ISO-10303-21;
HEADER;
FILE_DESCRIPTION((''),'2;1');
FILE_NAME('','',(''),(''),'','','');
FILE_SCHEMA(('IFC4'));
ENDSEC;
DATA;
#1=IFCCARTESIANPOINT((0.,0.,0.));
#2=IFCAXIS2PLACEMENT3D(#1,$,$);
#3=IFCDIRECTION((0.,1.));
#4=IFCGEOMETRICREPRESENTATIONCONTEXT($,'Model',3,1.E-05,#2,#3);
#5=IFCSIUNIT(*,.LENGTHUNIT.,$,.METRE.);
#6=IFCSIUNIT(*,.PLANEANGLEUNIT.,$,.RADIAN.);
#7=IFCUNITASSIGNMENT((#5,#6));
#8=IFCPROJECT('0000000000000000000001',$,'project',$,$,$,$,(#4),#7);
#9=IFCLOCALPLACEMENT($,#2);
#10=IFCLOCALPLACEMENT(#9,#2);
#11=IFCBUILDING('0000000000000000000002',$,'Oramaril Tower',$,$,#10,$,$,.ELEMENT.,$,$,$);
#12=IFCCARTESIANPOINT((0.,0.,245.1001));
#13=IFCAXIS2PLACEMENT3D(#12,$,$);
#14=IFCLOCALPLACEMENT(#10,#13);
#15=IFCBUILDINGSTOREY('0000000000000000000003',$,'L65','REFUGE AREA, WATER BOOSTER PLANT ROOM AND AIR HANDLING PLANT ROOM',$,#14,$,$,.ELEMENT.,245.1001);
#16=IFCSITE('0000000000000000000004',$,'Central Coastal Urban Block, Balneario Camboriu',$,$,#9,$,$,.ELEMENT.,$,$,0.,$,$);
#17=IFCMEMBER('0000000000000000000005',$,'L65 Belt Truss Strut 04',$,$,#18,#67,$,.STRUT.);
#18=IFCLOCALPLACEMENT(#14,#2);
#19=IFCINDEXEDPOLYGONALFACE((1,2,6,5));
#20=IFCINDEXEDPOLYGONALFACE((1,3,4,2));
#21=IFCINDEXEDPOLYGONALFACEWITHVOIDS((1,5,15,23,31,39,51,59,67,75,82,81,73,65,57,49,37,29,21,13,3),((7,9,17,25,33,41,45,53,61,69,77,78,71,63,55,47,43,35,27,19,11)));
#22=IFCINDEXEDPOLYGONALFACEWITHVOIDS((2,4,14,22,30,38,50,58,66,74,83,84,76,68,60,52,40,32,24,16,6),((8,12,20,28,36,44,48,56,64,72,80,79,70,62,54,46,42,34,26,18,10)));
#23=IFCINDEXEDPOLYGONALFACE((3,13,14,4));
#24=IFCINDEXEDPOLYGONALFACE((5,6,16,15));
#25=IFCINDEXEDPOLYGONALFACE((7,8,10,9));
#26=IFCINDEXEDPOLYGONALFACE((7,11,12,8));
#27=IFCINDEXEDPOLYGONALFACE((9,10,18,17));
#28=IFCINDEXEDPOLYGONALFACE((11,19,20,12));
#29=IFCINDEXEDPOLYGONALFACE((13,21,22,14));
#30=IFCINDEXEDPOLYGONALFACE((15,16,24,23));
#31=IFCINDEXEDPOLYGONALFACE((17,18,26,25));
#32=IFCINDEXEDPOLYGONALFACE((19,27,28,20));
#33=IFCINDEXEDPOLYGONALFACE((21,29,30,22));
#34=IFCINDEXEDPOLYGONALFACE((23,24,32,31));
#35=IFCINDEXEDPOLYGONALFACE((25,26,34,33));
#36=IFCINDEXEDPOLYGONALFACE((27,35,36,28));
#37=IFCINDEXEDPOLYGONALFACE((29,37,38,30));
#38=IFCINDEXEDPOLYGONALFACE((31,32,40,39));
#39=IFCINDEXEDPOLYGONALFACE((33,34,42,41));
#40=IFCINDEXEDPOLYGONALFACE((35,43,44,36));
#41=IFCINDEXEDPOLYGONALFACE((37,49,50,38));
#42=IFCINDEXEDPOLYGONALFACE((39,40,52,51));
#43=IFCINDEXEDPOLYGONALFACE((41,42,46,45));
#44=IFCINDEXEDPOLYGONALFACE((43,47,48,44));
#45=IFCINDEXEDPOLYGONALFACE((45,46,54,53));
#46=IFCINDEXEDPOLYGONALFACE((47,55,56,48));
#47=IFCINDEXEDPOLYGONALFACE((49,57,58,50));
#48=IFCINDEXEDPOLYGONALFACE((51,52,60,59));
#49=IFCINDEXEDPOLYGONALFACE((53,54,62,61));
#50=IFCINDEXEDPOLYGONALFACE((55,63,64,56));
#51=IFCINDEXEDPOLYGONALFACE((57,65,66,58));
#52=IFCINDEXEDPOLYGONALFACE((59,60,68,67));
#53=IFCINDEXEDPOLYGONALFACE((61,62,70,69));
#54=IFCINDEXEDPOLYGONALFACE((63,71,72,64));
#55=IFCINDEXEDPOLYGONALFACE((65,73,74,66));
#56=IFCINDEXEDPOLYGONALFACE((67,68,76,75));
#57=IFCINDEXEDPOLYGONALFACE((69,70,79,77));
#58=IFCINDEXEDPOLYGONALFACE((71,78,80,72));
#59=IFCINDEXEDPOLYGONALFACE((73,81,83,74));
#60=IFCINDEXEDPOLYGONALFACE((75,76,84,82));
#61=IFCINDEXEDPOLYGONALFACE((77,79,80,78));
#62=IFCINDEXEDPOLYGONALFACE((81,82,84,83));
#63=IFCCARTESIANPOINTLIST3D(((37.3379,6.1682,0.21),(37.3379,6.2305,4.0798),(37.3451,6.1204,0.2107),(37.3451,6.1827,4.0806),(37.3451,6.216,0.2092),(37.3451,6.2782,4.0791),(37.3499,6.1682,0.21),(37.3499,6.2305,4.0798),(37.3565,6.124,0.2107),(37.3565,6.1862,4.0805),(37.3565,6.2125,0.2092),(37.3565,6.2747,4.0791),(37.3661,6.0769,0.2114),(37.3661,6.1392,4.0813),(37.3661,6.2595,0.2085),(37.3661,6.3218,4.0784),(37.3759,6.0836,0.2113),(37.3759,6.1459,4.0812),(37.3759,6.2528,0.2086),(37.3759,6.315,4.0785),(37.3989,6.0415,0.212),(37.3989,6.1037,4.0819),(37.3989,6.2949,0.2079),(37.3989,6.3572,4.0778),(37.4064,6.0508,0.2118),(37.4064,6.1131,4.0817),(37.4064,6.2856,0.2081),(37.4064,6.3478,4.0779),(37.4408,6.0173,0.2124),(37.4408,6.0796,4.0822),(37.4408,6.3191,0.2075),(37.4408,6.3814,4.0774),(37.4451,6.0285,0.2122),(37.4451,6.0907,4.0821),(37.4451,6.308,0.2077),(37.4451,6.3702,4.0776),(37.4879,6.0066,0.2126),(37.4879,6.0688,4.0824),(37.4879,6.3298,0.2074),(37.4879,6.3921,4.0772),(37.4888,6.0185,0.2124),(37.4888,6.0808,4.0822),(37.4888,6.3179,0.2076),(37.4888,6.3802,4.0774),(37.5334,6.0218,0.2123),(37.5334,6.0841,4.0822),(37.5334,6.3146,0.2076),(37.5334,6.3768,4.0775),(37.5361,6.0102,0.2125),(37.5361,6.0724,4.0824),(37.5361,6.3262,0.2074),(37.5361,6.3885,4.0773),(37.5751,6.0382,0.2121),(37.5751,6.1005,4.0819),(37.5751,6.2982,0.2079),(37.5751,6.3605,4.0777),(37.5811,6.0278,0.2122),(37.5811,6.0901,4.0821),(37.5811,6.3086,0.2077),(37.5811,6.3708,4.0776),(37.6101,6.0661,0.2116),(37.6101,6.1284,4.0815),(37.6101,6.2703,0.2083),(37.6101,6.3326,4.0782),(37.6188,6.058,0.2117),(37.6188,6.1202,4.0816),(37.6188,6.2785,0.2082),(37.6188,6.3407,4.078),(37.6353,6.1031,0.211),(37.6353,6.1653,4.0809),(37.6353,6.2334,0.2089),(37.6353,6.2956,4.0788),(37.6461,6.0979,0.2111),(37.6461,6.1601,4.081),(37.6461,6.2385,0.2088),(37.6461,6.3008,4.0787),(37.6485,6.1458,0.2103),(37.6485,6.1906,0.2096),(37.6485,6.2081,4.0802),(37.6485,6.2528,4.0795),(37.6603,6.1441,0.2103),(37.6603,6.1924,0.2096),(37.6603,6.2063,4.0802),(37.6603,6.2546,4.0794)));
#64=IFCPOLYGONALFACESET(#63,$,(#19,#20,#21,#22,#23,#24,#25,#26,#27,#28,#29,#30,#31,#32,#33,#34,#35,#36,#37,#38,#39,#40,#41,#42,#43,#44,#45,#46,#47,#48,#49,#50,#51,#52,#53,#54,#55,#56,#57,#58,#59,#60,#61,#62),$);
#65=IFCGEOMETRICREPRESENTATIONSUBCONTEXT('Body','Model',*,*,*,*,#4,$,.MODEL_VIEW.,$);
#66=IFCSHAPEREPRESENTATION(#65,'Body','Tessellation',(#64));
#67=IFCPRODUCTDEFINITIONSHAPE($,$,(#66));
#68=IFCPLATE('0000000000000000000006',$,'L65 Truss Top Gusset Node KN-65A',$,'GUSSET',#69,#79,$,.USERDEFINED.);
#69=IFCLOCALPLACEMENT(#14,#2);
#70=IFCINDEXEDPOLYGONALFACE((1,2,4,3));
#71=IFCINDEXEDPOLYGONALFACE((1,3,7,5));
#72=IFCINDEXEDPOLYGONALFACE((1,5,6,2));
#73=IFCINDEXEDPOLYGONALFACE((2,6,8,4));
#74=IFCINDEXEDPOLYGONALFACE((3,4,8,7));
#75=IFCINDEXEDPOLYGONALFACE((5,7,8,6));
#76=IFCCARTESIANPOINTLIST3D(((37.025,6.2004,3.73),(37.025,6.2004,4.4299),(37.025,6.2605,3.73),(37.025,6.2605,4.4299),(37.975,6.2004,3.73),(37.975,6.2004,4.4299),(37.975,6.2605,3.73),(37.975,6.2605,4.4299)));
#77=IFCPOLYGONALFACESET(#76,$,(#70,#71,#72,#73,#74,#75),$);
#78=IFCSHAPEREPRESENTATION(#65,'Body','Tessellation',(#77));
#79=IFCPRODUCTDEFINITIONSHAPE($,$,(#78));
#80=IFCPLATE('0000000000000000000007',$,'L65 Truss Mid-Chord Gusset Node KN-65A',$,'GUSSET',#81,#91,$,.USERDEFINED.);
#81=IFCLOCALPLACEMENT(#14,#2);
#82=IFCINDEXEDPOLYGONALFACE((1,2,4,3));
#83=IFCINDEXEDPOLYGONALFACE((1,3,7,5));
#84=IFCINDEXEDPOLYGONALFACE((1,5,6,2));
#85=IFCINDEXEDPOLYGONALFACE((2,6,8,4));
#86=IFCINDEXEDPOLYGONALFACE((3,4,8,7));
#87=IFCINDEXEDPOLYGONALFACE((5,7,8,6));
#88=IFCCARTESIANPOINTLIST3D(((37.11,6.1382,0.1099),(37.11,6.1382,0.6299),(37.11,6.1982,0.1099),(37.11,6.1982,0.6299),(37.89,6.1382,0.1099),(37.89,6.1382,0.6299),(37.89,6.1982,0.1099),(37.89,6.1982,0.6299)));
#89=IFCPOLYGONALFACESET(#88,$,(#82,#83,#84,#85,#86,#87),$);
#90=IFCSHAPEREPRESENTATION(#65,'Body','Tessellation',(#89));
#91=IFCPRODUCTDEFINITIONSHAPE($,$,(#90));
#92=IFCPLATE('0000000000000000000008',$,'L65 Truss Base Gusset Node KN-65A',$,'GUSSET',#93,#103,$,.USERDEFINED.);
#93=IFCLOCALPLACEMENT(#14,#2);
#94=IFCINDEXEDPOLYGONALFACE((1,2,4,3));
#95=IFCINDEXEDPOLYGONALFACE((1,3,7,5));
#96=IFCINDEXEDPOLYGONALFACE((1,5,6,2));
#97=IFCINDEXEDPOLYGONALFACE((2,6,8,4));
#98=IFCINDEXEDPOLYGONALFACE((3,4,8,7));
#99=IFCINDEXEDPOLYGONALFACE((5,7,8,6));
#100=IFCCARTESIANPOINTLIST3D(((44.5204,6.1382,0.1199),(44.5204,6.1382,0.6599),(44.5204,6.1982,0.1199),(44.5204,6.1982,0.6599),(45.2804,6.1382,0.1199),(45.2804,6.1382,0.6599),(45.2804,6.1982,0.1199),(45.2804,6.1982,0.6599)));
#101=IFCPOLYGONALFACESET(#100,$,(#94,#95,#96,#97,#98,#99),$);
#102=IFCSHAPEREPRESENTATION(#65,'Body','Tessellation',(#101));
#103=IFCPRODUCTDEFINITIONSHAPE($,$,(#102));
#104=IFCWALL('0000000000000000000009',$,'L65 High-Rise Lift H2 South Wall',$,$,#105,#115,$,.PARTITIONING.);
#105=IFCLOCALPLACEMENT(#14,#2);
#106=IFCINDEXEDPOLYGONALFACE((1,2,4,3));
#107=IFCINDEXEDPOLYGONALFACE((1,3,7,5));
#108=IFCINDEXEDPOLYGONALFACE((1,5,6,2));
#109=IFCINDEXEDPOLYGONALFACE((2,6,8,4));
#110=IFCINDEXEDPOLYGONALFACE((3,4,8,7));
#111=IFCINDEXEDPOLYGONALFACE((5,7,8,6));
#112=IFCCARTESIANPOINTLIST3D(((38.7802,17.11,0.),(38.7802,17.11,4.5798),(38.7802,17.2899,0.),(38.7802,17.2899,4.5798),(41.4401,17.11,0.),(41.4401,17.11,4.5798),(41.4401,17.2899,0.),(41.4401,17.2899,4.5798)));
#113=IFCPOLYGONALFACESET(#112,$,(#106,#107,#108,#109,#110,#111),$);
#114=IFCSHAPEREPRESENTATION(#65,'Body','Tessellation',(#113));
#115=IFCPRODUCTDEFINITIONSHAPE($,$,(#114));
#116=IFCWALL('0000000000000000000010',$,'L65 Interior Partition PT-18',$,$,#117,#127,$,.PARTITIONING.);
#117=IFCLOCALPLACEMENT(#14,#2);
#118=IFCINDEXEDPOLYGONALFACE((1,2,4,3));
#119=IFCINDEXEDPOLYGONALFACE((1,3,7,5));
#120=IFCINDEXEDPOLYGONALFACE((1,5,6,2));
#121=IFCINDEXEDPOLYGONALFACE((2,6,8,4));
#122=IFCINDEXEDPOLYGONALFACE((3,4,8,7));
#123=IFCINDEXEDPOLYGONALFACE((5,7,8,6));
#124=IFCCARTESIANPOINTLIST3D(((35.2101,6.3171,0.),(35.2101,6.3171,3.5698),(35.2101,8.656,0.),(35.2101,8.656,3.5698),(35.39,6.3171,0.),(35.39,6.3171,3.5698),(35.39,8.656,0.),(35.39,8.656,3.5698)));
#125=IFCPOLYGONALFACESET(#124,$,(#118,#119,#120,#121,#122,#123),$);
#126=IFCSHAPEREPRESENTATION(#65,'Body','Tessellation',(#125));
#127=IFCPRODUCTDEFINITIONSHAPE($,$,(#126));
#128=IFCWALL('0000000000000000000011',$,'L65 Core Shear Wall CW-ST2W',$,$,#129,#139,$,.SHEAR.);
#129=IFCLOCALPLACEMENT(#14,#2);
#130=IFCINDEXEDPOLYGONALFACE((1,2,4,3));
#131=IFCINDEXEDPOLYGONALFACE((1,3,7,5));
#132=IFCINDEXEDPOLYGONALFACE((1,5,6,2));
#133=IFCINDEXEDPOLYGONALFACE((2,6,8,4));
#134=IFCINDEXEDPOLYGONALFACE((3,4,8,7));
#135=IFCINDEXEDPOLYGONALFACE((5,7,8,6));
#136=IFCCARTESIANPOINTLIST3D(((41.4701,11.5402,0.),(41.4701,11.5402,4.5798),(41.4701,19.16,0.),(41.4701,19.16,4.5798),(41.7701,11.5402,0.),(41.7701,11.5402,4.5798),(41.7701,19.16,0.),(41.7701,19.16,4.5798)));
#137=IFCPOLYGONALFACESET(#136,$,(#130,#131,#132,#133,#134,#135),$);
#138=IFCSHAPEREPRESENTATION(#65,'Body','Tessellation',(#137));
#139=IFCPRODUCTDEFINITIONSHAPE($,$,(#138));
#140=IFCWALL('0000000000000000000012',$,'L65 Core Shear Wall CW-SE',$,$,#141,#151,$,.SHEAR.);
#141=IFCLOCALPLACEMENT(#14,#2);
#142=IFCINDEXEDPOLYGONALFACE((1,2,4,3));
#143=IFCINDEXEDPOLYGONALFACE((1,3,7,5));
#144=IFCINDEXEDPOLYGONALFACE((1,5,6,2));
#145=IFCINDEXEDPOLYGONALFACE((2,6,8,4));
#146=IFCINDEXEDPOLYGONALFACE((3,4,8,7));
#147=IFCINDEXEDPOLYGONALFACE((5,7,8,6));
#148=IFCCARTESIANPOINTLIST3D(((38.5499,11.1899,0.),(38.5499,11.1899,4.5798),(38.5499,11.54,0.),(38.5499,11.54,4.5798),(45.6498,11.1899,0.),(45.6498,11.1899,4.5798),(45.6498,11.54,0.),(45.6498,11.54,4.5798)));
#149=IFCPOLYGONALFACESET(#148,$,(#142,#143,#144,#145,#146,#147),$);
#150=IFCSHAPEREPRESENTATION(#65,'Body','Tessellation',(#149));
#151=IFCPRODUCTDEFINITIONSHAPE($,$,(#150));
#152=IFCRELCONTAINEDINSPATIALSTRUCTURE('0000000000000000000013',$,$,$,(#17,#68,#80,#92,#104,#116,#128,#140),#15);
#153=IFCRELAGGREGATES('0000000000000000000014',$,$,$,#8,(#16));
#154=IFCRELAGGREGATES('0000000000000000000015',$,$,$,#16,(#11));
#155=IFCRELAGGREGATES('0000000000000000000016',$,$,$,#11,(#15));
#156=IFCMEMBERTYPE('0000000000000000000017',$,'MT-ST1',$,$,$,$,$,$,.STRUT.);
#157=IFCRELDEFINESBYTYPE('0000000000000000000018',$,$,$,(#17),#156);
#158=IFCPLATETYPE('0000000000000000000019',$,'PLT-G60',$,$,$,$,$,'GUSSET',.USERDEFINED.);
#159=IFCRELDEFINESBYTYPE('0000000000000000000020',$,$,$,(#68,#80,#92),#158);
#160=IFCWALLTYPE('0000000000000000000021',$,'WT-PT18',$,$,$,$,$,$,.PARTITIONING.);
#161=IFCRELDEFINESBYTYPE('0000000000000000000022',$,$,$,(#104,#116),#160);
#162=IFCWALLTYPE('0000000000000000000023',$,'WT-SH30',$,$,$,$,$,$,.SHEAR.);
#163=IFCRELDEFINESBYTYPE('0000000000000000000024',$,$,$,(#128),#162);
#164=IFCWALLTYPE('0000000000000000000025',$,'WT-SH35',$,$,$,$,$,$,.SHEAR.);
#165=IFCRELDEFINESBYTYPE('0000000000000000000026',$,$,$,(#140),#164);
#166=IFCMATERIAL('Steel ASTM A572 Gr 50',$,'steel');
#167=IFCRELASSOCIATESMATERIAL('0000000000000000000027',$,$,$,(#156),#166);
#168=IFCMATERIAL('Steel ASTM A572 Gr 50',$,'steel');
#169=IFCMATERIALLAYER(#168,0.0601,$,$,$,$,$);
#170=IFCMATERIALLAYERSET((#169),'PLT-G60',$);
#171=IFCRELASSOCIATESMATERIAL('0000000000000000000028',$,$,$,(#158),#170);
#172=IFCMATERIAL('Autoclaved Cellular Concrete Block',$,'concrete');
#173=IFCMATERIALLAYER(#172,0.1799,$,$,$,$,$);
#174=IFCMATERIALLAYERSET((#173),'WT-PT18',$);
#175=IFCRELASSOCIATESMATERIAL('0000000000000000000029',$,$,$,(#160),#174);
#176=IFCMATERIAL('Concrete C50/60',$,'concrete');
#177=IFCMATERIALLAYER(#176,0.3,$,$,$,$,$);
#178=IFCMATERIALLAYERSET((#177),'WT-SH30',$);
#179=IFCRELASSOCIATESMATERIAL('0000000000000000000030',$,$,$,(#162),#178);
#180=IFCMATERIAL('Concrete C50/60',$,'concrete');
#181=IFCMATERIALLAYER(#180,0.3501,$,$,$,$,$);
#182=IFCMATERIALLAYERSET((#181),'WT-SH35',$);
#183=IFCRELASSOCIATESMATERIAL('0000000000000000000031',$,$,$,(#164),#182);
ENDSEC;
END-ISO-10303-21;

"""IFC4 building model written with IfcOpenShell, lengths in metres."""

from ifc_helpers import new_model, si_unit, direction, frame, frame_2d, origin, origin_2d, place, context, subcontext, project, spatial, rectangle, hollow_circle, extrude, material, layer, layer_set, material_profile, profile_set, type_object, element, save


model = new_model("IFC4")

# Units and contexts
model_context = context("Model", 3, precision=1e-05, world=origin(), true_north=direction((0.0, 1.0)))
body_context = subcontext(model_context, "Body", "Model", "MODEL_VIEW")
ifc_project = project(units=[si_unit("LENGTHUNIT", "METRE"), si_unit("PLANEANGLEUNIT", "RADIAN")], contexts=[model_context])

# Site, building, storey
site_placement = place(None, origin())
site = spatial("IfcSite", under=ifc_project, at=site_placement, Name="Central Coastal Urban Block, Balneario Camboriu", CompositionType="ELEMENT", RefElevation=0.0)
building_placement = place(site_placement, origin())
building = spatial("IfcBuilding", under=site, at=building_placement, Name="Oramaril Tower", CompositionType="ELEMENT")
storey_placement = place(building_placement, frame((0.0, 0.0, 245.1001)))
storey = spatial("IfcBuildingStorey", under=building, at=storey_placement, Name="L65", Description="REFUGE AREA, WATER BOOSTER PLANT ROOM AND AIR HANDLING PLANT ROOM", CompositionType="ELEMENT", Elevation=245.1001)

# Member
ifc_material_1 = material(Name="Steel ASTM A572 Gr 50", Category="steel")
ifc_material_profile_1 = material_profile(ifc_material_1, hollow_circle(Radius=0.1621, WallThickness=0.012, at=origin_2d()), Name="CHS324X12")
ifc_profile_set_1 = profile_set([ifc_material_profile_1], Name="Steel ASTM A572 Gr 50")
member_type_1 = type_object("IfcMemberType", Name="MT-ST1", PredefinedType="STRUT", material=ifc_profile_set_1)
member_1_placement = place(storey_placement, frame((37.5, 6.1682, 0.21), z_axis=(0.0, 0.016085, 0.999871), x_axis=(-1.0, 0.0, 0.0)))
element("IfcMember", 1, at=member_1_placement, inside=storey, type_object=member_type_1, Name="L65 Belt Truss Strut 04", PredefinedType="STRUT", context=body_context, shape_type="SweptSolid", body=[
    extrude(hollow_circle(Radius=0.1621, WallThickness=0.012, at=origin_2d()), origin(), (0.0, 0.0, 1.0), 3.8704),
])

# Plates
ifc_material_2 = material(Name="Steel ASTM A572 Gr 50", Category="steel")
ifc_layer_1 = layer(ifc_material_2, 0.0601)
ifc_layer_set_1 = layer_set([ifc_layer_1], Name="PLT-G60")
plate_type = type_object("IfcPlateType", Name="PLT-G60", ElementType="GUSSET", PredefinedType="USERDEFINED", material=ifc_layer_set_1)
plate_1_placement = place(storey_placement, frame((37.5, 6.2305, 3.73), z_axis=(0.0, 0.0, 1.0), x_axis=(1.0, 0.0, 0.0)))
element("IfcPlate", 2, at=plate_1_placement, inside=storey, type_object=plate_type, Name="L65 Truss Top Gusset Node KN-65A", ObjectType="GUSSET", PredefinedType="USERDEFINED", context=body_context, shape_type="SweptSolid", body=[
    extrude(rectangle(XDim=0.95, YDim=0.0601, at=origin_2d()), origin(), (0.0, 0.0, 1.0), 0.7),
])
plate_2_placement = place(storey_placement, frame((37.5, 6.1682, 0.1099), z_axis=(0.0, 0.0, 1.0), x_axis=(1.0, 0.0, 0.0)))
element("IfcPlate", 3, at=plate_2_placement, inside=storey, type_object=plate_type, Name="L65 Truss Mid-Chord Gusset Node KN-65A", ObjectType="GUSSET", PredefinedType="USERDEFINED", context=body_context, shape_type="SweptSolid", body=[
    extrude(rectangle(XDim=0.78, YDim=0.0601, at=origin_2d()), origin(), (0.0, 0.0, 1.0), 0.52),
])
plate_3_placement = place(storey_placement, frame((44.9004, 6.1682, 0.1199), z_axis=(0.0, 0.0, 1.0), x_axis=(1.0, 0.0, 0.0)))
element("IfcPlate", 4, at=plate_3_placement, inside=storey, type_object=plate_type, Name="L65 Truss Base Gusset Node KN-65A", ObjectType="GUSSET", PredefinedType="USERDEFINED", context=body_context, shape_type="SweptSolid", body=[
    extrude(rectangle(XDim=0.76, YDim=0.0601, at=origin_2d()), origin(), (0.0, 0.0, 1.0), 0.54),
])

# Walls
ifc_material_3 = material(Name="Autoclaved Cellular Concrete Block", Category="concrete")
ifc_layer_2 = layer(ifc_material_3, 0.1799)
ifc_layer_set_2 = layer_set([ifc_layer_2], Name="WT-PT18")
wall_type_1 = type_object("IfcWallType", Name="WT-PT18", PredefinedType="PARTITIONING", material=ifc_layer_set_2)
wall_1_placement = place(storey_placement, frame((38.78, 17.2, 0.0), z_axis=(0.0, 0.0, 1.0), x_axis=(1.0, 0.0, 0.0)))
element("IfcWall", 5, at=wall_1_placement, inside=storey, type_object=wall_type_1, Name="L65 High-Rise Lift H2 South Wall", PredefinedType="PARTITIONING", context=body_context, shape_type="SweptSolid", body=[
    extrude(rectangle(XDim=2.6599, YDim=0.1799, at=frame_2d((1.3301, 0.0))), origin(), (0.0, 0.0, 1.0), 4.5798),
])
wall_2_placement = place(storey_placement, frame((35.3, 6.3171, 0.0), z_axis=(0.0, 0.0, 1.0), x_axis=(0.0, 1.0, 0.0)))
element("IfcWall", 6, at=wall_2_placement, inside=storey, type_object=wall_type_1, Name="L65 Interior Partition PT-18", PredefinedType="PARTITIONING", context=body_context, shape_type="SweptSolid", body=[
    extrude(rectangle(XDim=2.3389, YDim=0.1799, at=frame_2d((1.1694, 0.0))), origin(), (0.0, 0.0, 1.0), 3.5698),
])
ifc_material_4 = material(Name="Concrete C50/60", Category="concrete")
ifc_layer_3 = layer(ifc_material_4, 0.3)
ifc_layer_set_3 = layer_set([ifc_layer_3], Name="WT-SH30")
wall_type_2 = type_object("IfcWallType", Name="WT-SH30", PredefinedType="SHEAR", material=ifc_layer_set_3)
wall_3_placement = place(storey_placement, frame((41.6201, 11.54, 0.0), z_axis=(0.0, 0.0, 1.0), x_axis=(0.0, 1.0, 0.0)))
element("IfcWall", 7, at=wall_3_placement, inside=storey, type_object=wall_type_2, Name="L65 Core Shear Wall CW-ST2W", PredefinedType="SHEAR", context=body_context, shape_type="SweptSolid", body=[
    extrude(rectangle(XDim=7.6199, YDim=0.3, at=frame_2d((3.8101, 0.0))), origin(), (0.0, 0.0, 1.0), 4.5798),
])
ifc_material_5 = material(Name="Concrete C50/60", Category="concrete")
ifc_layer_4 = layer(ifc_material_5, 0.3501)
ifc_layer_set_4 = layer_set([ifc_layer_4], Name="WT-SH35")
wall_type_3 = type_object("IfcWallType", Name="WT-SH35", PredefinedType="SHEAR", material=ifc_layer_set_4)
wall_4_placement = place(storey_placement, frame((38.55, 11.365, 0.0), z_axis=(0.0, 0.0, 1.0), x_axis=(1.0, 0.0, 0.0)))
element("IfcWall", 8, at=wall_4_placement, inside=storey, type_object=wall_type_3, Name="L65 Core Shear Wall CW-SE", PredefinedType="SHEAR", context=body_context, shape_type="SweptSolid", body=[
    extrude(rectangle(XDim=7.0999, YDim=0.3501, at=frame_2d((3.5498, 0.0))), origin(), (0.0, 0.0, 1.0), 4.5798),
])

save(model, "model.ifc")
